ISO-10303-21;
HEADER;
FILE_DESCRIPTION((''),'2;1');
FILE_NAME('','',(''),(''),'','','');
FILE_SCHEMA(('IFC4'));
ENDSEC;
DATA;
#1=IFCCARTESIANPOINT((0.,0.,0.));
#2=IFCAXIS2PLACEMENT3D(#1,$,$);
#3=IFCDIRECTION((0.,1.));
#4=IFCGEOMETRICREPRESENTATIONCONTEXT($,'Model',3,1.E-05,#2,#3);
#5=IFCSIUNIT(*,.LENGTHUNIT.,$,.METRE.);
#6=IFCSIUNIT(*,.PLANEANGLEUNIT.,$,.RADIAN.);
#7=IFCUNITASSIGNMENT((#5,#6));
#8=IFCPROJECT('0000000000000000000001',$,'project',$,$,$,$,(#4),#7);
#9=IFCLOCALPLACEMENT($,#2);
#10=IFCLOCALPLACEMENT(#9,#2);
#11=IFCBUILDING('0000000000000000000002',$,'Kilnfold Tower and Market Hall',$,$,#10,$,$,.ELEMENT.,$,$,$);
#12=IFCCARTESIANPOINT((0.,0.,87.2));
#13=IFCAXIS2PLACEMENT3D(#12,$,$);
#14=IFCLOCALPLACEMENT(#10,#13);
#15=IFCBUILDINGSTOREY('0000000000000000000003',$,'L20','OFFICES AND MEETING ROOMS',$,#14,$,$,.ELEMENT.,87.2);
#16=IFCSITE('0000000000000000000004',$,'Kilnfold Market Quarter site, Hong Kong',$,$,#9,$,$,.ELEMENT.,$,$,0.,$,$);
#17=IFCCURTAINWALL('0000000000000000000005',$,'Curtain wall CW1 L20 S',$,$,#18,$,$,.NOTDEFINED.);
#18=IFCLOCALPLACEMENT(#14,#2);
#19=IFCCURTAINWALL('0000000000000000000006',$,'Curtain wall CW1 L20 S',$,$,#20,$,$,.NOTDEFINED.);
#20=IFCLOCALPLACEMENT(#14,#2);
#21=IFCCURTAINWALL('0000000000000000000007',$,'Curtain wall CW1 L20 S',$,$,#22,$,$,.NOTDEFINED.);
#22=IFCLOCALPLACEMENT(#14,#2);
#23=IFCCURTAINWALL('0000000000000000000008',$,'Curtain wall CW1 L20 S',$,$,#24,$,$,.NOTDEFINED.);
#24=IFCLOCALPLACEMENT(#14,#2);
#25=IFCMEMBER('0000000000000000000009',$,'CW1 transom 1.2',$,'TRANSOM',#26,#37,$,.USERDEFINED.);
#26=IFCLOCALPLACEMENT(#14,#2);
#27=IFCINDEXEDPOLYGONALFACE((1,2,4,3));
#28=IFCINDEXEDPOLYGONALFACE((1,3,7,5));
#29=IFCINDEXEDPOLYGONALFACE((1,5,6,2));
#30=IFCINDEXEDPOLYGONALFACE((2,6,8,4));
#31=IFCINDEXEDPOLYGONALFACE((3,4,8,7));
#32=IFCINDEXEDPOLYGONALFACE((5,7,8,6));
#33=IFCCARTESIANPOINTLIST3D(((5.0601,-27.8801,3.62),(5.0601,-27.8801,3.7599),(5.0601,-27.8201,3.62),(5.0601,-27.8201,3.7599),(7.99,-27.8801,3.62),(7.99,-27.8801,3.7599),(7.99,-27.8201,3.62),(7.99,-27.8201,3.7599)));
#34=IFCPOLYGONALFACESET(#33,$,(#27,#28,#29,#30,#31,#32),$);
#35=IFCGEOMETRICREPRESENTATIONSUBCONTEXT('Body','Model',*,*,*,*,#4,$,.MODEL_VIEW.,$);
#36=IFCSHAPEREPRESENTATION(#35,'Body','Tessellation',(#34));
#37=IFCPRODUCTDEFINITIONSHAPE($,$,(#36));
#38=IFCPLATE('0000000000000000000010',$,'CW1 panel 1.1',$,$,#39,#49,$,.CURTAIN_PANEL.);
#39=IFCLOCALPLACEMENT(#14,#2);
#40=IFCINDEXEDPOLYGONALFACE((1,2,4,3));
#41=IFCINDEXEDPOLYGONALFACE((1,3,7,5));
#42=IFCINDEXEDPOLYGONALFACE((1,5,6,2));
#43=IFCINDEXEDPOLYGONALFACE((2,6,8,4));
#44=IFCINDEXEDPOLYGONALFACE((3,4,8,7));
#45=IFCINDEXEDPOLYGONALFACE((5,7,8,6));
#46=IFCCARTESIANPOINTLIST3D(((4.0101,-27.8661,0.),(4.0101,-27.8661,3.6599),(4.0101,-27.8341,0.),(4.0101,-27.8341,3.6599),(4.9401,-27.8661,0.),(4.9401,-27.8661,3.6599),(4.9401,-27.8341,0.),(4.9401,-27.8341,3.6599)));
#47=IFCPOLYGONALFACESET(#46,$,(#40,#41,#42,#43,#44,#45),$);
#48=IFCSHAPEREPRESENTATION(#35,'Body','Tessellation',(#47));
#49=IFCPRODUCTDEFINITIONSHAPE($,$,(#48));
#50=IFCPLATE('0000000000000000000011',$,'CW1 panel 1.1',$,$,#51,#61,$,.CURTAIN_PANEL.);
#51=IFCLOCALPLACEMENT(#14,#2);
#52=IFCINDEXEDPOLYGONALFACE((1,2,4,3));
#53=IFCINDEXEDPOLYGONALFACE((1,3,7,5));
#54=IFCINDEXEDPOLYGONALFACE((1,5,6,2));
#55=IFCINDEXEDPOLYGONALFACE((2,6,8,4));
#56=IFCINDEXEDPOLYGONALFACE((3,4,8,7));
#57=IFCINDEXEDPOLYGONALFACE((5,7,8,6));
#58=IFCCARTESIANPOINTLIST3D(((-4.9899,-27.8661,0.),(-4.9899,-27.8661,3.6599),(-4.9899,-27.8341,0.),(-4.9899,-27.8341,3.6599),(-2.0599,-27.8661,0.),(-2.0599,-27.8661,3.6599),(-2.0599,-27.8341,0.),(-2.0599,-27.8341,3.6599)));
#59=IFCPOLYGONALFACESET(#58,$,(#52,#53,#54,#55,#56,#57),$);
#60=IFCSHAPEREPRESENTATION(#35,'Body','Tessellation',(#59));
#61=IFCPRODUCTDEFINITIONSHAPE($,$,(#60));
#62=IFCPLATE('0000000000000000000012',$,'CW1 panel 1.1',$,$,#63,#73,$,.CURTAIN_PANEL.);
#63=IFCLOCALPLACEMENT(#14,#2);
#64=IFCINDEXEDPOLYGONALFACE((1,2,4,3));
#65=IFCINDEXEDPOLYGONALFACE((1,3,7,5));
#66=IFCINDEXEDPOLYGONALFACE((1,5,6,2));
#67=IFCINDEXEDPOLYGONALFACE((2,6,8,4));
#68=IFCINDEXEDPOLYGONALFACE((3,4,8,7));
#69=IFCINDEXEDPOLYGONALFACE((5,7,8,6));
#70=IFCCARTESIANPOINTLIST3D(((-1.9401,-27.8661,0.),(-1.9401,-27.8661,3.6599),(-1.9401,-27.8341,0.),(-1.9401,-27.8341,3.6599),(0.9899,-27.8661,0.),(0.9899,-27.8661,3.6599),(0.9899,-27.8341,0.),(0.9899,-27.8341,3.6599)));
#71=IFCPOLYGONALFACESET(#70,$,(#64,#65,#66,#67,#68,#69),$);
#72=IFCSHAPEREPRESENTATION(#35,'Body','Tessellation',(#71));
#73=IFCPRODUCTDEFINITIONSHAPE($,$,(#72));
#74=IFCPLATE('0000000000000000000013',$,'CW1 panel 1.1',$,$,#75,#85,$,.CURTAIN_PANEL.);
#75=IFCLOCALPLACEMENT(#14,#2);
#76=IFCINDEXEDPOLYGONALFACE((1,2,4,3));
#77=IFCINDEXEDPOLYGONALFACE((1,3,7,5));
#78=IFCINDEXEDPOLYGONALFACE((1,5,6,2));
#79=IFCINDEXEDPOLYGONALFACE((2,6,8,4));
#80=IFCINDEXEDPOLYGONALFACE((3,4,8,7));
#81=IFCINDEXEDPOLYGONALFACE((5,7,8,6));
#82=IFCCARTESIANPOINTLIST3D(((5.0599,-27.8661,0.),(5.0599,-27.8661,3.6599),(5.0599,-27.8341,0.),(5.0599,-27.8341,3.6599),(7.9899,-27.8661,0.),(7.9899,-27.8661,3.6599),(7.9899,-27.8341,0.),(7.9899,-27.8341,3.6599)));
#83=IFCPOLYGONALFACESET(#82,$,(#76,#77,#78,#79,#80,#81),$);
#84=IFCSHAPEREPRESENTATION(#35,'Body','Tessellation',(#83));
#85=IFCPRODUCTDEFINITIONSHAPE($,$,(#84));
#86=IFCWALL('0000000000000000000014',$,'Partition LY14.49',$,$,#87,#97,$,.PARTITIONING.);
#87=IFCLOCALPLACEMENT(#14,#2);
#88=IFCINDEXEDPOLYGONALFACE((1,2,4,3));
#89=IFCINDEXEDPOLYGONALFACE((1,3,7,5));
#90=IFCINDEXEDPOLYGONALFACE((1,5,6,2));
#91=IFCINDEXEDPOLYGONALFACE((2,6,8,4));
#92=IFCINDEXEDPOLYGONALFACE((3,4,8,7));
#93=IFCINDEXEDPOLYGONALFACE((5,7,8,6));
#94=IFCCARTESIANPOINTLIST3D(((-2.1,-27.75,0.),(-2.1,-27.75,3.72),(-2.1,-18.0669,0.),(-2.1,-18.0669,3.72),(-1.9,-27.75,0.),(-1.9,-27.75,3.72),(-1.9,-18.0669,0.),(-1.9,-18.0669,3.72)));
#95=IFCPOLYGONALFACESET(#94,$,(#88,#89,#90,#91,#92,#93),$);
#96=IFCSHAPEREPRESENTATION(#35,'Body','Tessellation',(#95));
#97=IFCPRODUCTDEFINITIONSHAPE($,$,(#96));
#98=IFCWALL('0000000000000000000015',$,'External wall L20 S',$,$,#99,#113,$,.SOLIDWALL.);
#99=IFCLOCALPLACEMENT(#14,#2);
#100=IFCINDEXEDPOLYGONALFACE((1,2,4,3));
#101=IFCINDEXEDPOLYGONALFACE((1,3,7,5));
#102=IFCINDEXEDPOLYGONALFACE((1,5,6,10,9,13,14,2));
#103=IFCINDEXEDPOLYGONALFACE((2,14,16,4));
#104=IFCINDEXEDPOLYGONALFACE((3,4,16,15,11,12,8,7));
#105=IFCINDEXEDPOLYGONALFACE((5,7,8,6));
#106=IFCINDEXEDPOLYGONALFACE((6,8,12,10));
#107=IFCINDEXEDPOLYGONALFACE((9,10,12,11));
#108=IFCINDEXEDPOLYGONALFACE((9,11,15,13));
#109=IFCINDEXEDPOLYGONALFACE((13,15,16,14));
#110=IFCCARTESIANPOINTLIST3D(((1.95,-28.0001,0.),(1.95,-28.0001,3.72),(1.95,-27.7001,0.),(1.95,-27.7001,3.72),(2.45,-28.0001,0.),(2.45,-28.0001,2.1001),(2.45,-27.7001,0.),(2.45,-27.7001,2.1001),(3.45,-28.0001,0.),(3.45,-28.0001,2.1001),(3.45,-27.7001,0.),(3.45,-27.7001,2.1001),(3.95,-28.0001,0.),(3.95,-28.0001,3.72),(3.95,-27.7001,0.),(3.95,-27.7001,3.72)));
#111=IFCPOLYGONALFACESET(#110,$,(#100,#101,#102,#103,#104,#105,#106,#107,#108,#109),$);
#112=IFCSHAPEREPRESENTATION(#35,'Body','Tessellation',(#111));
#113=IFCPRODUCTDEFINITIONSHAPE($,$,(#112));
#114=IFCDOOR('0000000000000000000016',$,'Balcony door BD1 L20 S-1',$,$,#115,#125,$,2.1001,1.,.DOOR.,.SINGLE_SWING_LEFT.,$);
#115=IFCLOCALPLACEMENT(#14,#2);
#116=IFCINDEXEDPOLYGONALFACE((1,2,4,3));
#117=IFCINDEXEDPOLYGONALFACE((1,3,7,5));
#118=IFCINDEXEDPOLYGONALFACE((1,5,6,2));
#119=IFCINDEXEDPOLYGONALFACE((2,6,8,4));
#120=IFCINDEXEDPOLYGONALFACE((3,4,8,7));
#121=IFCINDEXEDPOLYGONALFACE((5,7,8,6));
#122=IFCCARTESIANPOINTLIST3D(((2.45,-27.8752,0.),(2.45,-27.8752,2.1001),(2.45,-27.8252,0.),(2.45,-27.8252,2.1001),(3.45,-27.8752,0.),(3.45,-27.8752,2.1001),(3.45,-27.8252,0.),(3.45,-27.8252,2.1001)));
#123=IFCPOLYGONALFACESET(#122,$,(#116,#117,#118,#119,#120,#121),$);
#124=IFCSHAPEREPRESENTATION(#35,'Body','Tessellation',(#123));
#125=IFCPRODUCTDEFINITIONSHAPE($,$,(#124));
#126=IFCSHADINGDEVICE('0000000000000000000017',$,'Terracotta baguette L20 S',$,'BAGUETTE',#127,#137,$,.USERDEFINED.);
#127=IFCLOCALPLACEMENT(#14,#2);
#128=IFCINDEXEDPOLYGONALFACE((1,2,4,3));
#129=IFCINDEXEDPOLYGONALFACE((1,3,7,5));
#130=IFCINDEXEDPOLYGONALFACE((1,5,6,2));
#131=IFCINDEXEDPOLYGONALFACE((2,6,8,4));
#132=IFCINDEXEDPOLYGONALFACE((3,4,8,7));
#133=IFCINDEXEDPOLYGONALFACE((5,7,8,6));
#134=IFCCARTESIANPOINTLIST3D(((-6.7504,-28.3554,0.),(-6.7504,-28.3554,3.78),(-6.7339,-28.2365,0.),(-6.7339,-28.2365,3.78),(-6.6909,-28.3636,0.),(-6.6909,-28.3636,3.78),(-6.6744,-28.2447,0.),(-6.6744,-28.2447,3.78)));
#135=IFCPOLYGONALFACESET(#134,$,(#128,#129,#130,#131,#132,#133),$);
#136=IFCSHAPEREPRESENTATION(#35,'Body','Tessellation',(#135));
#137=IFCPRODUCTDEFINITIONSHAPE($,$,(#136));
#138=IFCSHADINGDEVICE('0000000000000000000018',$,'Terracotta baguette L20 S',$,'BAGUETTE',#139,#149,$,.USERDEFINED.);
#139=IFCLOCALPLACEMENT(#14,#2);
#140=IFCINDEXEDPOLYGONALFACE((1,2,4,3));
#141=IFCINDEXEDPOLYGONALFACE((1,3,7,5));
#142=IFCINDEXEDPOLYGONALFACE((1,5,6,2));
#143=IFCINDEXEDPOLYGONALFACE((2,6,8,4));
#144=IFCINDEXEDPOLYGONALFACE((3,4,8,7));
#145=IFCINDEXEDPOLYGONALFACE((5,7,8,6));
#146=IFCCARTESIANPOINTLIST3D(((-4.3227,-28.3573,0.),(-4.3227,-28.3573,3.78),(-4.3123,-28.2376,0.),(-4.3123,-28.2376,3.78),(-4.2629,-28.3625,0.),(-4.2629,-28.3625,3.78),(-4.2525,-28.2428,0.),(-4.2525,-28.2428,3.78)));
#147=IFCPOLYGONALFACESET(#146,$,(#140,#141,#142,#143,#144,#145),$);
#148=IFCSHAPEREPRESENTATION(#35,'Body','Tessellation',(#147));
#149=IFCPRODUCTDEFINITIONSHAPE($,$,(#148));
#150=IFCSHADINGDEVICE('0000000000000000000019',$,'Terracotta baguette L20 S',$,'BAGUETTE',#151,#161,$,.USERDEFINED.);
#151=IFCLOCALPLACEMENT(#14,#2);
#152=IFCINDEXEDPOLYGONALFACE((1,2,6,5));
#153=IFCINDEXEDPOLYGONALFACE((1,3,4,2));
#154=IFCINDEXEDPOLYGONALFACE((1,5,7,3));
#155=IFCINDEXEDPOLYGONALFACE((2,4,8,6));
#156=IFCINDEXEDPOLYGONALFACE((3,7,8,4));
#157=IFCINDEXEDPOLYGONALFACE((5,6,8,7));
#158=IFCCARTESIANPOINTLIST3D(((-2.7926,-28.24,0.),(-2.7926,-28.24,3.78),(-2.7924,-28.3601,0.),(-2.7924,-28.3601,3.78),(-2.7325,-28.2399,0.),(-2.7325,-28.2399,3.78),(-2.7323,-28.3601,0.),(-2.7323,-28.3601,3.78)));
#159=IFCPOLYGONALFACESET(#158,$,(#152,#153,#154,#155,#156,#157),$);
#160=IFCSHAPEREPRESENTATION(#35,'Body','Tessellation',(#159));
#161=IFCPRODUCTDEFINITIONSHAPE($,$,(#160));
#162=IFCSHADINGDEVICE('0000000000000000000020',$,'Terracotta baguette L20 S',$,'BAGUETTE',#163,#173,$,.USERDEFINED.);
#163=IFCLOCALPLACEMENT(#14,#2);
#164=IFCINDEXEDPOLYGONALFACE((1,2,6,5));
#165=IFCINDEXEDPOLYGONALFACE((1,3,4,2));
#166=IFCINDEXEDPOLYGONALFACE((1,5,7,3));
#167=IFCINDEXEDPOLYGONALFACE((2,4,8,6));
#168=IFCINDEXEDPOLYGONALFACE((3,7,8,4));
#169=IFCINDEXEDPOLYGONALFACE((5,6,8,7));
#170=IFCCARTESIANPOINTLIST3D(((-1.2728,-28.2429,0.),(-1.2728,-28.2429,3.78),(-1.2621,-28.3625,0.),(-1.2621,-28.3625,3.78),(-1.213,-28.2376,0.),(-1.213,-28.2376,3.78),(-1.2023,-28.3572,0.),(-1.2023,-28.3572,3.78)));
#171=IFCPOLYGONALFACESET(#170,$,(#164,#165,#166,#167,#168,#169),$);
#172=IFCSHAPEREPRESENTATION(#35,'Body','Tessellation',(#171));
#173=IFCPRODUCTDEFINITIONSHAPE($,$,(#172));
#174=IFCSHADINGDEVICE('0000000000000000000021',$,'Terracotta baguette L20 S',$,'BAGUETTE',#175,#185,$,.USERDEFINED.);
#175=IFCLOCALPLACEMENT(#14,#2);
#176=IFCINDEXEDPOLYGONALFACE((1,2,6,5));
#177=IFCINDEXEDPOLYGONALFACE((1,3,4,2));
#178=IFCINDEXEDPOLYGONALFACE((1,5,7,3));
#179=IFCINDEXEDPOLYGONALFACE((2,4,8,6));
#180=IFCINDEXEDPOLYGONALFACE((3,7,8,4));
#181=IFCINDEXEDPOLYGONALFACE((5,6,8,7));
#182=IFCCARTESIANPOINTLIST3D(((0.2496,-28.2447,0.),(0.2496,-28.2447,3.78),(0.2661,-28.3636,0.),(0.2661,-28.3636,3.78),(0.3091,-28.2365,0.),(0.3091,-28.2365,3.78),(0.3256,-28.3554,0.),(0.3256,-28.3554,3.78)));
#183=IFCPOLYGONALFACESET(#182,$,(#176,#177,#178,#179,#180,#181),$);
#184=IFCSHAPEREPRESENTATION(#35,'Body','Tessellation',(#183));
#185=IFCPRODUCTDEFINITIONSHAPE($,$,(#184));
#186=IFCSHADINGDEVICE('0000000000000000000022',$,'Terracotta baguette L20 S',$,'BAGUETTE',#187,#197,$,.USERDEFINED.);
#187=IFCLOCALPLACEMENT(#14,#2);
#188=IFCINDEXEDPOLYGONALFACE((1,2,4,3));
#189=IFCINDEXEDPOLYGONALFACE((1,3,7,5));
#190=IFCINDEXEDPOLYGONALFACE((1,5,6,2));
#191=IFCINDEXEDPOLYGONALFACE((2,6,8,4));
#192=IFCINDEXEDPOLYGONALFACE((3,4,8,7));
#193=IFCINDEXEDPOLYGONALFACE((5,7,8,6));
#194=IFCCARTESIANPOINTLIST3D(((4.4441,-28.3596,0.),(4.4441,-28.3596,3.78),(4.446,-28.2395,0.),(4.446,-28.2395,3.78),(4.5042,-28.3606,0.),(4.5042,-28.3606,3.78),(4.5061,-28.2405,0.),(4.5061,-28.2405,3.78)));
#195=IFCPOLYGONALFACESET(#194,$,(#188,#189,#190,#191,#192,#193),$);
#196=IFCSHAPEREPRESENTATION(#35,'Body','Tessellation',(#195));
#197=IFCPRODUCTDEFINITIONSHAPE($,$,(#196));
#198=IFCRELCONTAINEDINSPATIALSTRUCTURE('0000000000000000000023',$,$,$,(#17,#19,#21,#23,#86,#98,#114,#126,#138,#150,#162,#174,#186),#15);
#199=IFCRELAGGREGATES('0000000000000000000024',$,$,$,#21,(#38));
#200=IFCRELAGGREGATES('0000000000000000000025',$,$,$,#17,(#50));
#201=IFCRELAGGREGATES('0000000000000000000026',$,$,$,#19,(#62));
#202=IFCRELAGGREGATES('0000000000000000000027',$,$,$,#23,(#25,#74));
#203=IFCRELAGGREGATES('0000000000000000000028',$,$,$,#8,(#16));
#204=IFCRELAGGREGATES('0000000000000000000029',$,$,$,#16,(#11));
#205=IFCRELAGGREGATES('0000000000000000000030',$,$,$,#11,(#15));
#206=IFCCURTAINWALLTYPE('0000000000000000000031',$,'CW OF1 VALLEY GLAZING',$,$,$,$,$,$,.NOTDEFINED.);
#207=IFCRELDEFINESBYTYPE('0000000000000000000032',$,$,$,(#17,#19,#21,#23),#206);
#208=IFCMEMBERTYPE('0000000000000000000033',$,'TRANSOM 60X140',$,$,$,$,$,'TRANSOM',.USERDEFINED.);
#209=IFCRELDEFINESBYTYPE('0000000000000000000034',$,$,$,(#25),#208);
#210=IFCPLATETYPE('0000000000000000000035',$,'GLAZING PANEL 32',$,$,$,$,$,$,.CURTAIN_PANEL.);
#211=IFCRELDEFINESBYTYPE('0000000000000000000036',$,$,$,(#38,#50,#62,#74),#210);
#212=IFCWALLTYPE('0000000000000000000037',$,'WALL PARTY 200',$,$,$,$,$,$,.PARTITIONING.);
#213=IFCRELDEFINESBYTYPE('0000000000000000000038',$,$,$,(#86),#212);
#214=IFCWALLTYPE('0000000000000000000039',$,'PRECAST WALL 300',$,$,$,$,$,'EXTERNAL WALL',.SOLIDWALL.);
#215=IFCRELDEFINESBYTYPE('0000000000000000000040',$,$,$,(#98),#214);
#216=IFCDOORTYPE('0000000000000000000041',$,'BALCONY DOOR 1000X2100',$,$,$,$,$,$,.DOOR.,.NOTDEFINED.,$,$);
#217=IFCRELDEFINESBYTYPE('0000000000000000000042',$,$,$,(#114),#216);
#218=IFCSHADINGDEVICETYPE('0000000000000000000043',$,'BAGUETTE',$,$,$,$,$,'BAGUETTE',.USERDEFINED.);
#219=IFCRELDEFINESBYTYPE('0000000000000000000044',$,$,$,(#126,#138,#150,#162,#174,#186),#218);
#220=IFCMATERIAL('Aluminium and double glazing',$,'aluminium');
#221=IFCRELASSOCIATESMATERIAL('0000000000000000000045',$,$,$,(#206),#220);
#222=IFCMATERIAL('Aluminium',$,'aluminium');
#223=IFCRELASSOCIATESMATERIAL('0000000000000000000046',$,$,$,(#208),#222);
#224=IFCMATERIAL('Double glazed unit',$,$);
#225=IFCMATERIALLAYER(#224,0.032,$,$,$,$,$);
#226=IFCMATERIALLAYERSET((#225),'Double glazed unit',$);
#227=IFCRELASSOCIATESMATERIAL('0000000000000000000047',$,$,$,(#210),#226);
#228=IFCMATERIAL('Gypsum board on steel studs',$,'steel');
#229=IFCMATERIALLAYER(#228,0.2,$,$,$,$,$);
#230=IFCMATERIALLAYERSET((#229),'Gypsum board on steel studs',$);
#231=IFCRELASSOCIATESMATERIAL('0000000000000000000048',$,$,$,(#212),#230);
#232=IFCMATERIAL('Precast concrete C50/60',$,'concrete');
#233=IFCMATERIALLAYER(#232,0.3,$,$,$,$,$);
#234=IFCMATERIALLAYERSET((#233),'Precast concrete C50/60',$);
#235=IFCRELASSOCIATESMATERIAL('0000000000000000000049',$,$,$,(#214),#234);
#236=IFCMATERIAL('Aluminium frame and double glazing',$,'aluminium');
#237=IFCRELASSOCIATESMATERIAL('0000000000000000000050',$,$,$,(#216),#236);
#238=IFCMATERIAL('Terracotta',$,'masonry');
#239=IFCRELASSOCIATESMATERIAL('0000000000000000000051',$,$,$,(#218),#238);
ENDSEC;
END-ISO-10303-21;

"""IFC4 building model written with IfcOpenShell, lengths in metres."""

from ifc_helpers import new_model, si_unit, direction, frame, frame_2d, origin, origin_2d, place, context, subcontext, project, spatial, rectangle, extrude, source, transform, mapped, material, layer, layer_set, material_profile, profile_set, type_object, element, fill, aggregate, save


model = new_model("IFC4")

# Units and contexts
model_context = context("Model", 3, precision=1e-05, world=origin(), true_north=direction((0.0, 1.0)))
body_context = subcontext(model_context, "Body", "Model", "MODEL_VIEW")
ifc_project = project(units=[si_unit("LENGTHUNIT", "METRE"), si_unit("PLANEANGLEUNIT", "RADIAN")], contexts=[model_context])

# Site, building, storey
site_placement = place(None, origin())
site = spatial("IfcSite", under=ifc_project, at=site_placement, Name="Kilnfold Market Quarter site, Hong Kong", CompositionType="ELEMENT", RefElevation=0.0)
building_placement = place(site_placement, origin())
building = spatial("IfcBuilding", under=site, at=building_placement, Name="Kilnfold Tower and Market Hall", CompositionType="ELEMENT")
storey_placement = place(building_placement, frame((0.0, 0.0, 87.2)))
storey = spatial("IfcBuildingStorey", under=building, at=storey_placement, Name="L20", Description="OFFICES AND MEETING ROOMS", CompositionType="ELEMENT", Elevation=87.2)

# Shared definitions
ifc_material_1 = material(Name="Aluminium and double glazing", Category="aluminium")
curtain_wall_type = type_object("IfcCurtainWallType", Name="CW OF1 VALLEY GLAZING", PredefinedType="NOTDEFINED", material=ifc_material_1)

# Curtain walls
curtain_wall_1_placement = place(storey_placement, origin())
curtain_wall_1 = element("IfcCurtainWall", 1, at=curtain_wall_1_placement, inside=storey, type_object=curtain_wall_type, Name="Curtain wall CW1 L20 S", PredefinedType="NOTDEFINED")
curtain_wall_2_placement = place(storey_placement, origin())
curtain_wall_2 = element("IfcCurtainWall", 2, at=curtain_wall_2_placement, inside=storey, type_object=curtain_wall_type, Name="Curtain wall CW1 L20 S", PredefinedType="NOTDEFINED")
curtain_wall_3_placement = place(storey_placement, origin())
curtain_wall_3 = element("IfcCurtainWall", 3, at=curtain_wall_3_placement, inside=storey, type_object=curtain_wall_type, Name="Curtain wall CW1 L20 S", PredefinedType="NOTDEFINED")
curtain_wall_4_placement = place(storey_placement, origin())
curtain_wall_4 = element("IfcCurtainWall", 4, at=curtain_wall_4_placement, inside=storey, type_object=curtain_wall_type, Name="Curtain wall CW1 L20 S", PredefinedType="NOTDEFINED")

# Member
ifc_material_2 = material(Name="Aluminium", Category="aluminium")
ifc_material_profile_1 = material_profile(ifc_material_2, rectangle(XDim=0.0601, YDim=0.1399, at=origin_2d()), Name="TRANSOM 60x140")
ifc_profile_set_1 = profile_set([ifc_material_profile_1], Name="Aluminium")
member_type_1 = type_object("IfcMemberType", Name="TRANSOM 60X140", ElementType="TRANSOM", PredefinedType="USERDEFINED", material=ifc_profile_set_1)
shared_shape_1 = source(origin(), body_context, "Body", "SweptSolid", [
    extrude(rectangle(XDim=0.0601, YDim=0.1399, at=origin_2d()), origin(), (0.0, 0.0, 1.0), 2.9299),
])
member_1_placement = place(storey_placement, frame((5.0601, -27.8501, 3.6899), z_axis=(1.0, 0.0, 0.0), x_axis=(0.0, 1.0, 0.0)))
member_1 = element("IfcMember", 5, at=member_1_placement, type_object=member_type_1, Name="CW1 transom 1.2", ObjectType="TRANSOM", PredefinedType="USERDEFINED", context=body_context, shape_type="MappedRepresentation", body=[
    mapped(shared_shape_1, transform((0.0, 0.0, 0.0))),
])

# Plates
ifc_material_3 = material(Name="Double glazed unit")
ifc_layer_1 = layer(ifc_material_3, 0.032)
ifc_layer_set_1 = layer_set([ifc_layer_1], Name="Double glazed unit")
plate_type = type_object("IfcPlateType", Name="GLAZING PANEL 32", PredefinedType="CURTAIN_PANEL", material=ifc_layer_set_1)
shared_shape_2 = source(origin(), body_context, "Body", "SweptSolid", [
    extrude(rectangle(XDim=0.9299, YDim=0.032, at=origin_2d()), origin(), (0.0, 0.0, 1.0), 3.6599),
])
plate_1_placement = place(storey_placement, frame((4.4751, -27.8501, 0.0), z_axis=(0.0, 0.0, 1.0), x_axis=(1.0, 0.0, 0.0)))
plate_1 = element("IfcPlate", 6, at=plate_1_placement, type_object=plate_type, Name="CW1 panel 1.1", PredefinedType="CURTAIN_PANEL", context=body_context, shape_type="MappedRepresentation", body=[
    mapped(shared_shape_2, transform((0.0, 0.0, 0.0))),
])
aggregate(curtain_wall_3, [plate_1])
shared_shape_3 = source(origin(), body_context, "Body", "SweptSolid", [
    extrude(rectangle(XDim=2.9299, YDim=0.032, at=origin_2d()), origin(), (0.0, 0.0, 1.0), 3.6599),
])
plate_2_placement = place(storey_placement, frame((-3.5249, -27.8501, 0.0), z_axis=(0.0, 0.0, 1.0), x_axis=(1.0, 0.0, 0.0)))
plate_2 = element("IfcPlate", 7, at=plate_2_placement, type_object=plate_type, Name="CW1 panel 1.1", PredefinedType="CURTAIN_PANEL", context=body_context, shape_type="MappedRepresentation", body=[
    mapped(shared_shape_3, transform((0.0, 0.0, 0.0))),
])
aggregate(curtain_wall_1, [plate_2])
plate_3_placement = place(storey_placement, frame((-0.4751, -27.8501, 0.0), z_axis=(0.0, 0.0, 1.0), x_axis=(1.0, 0.0, 0.0)))
plate_3 = element("IfcPlate", 8, at=plate_3_placement, type_object=plate_type, Name="CW1 panel 1.1", PredefinedType="CURTAIN_PANEL", context=body_context, shape_type="MappedRepresentation", body=[
    mapped(shared_shape_3, transform((0.0, 0.0, 0.0))),
])
aggregate(curtain_wall_2, [plate_3])
plate_4_placement = place(storey_placement, frame((6.5249, -27.8501, 0.0), z_axis=(0.0, 0.0, 1.0), x_axis=(1.0, 0.0, 0.0)))
plate_4 = element("IfcPlate", 9, at=plate_4_placement, type_object=plate_type, Name="CW1 panel 1.1", PredefinedType="CURTAIN_PANEL", context=body_context, shape_type="MappedRepresentation", body=[
    mapped(shared_shape_3, transform((0.0, 0.0, 0.0))),
])
aggregate(curtain_wall_4, [member_1, plate_4])

# Wall
ifc_material_4 = material(Name="Gypsum board on steel studs", Category="steel")
ifc_layer_2 = layer(ifc_material_4, 0.2)
ifc_layer_set_2 = layer_set([ifc_layer_2], Name="Gypsum board on steel studs")
wall_type_1 = type_object("IfcWallType", Name="WALL PARTY 200", PredefinedType="PARTITIONING", material=ifc_layer_set_2)
wall_1_placement = place(storey_placement, frame((-2.0, -27.75, 0.0), z_axis=(0.0, 0.0, 1.0), x_axis=(0.0, 1.0, 0.0)))
element("IfcWall", 10, at=wall_1_placement, inside=storey, type_object=wall_type_1, Name="Partition LY14.49", PredefinedType="PARTITIONING", context=body_context, shape_type="SweptSolid", body=[
    extrude(rectangle(XDim=9.6831, YDim=0.2, at=frame_2d((4.8416, 0.0))), origin(), (0.0, 0.0, 1.0), 3.72),
])

# Wall, opening, door
ifc_material_5 = material(Name="Precast concrete C50/60", Category="concrete")
ifc_layer_3 = layer(ifc_material_5, 0.3)
ifc_layer_set_3 = layer_set([ifc_layer_3], Name="Precast concrete C50/60")
wall_type_2 = type_object("IfcWallType", Name="PRECAST WALL 300", ElementType="EXTERNAL WALL", PredefinedType="SOLIDWALL", material=ifc_layer_set_3)
shared_shape_4 = source(origin(), body_context, "Body", "SweptSolid", [
    extrude(rectangle(XDim=2.0, YDim=0.3, at=frame_2d((1.0, 0.0))), origin(), (0.0, 0.0, 1.0), 3.72),
])
wall_2_placement = place(storey_placement, frame((1.95, -27.8501, 0.0), z_axis=(0.0, 0.0, 1.0), x_axis=(1.0, 0.0, 0.0)))
wall_2 = element("IfcWall", 11, at=wall_2_placement, inside=storey, type_object=wall_type_2, Name="External wall L20 S", PredefinedType="SOLIDWALL", context=body_context, shape_type="MappedRepresentation", body=[
    mapped(shared_shape_4, transform((0.0, 0.0, 0.0))),
])
opening_placement = place(wall_2_placement, frame((0.5, 0.0, 0.0)))
opening = element("IfcOpeningElement", 12, at=opening_placement, cuts=wall_2, PredefinedType="OPENING", context=body_context, shape_type="SweptSolid", body=[
    extrude(rectangle(XDim=1.0, YDim=2.1001, at=frame_2d((0.5, 1.05))), frame((0.0, 0.1602, 0.0), z_axis=(0.0, -1.0, 0.0), x_axis=(1.0, 0.0, 0.0)), (0.0, 0.0, 1.0), 0.3201),
])
ifc_material_6 = material(Name="Aluminium frame and double glazing", Category="aluminium")
door_type = type_object("IfcDoorType", Name="BALCONY DOOR 1000X2100", OperationType="NOTDEFINED", PredefinedType="DOOR", material=ifc_material_6)
door_placement = place(opening_placement, origin())
door = element("IfcDoor", 13, at=door_placement, inside=storey, type_object=door_type, Name="Balcony door BD1 L20 S-1", OperationType="SINGLE_SWING_LEFT", OverallHeight=2.1001, OverallWidth=1.0, PredefinedType="DOOR", context=body_context, shape_type="SweptSolid", body=[
    extrude(rectangle(XDim=1.0, YDim=2.1001, at=frame_2d((0.5, 1.05))), frame((0.0, 0.0249, 0.0), z_axis=(0.0, -1.0, 0.0), x_axis=(1.0, 0.0, 0.0)), (0.0, 0.0, 1.0), 0.05),
])
fill(opening, door)

# Shading devices
ifc_material_7 = material(Name="Terracotta", Category="masonry")
ifc_material_profile_2 = material_profile(ifc_material_7, rectangle(XDim=0.0601, YDim=0.1201, at=origin_2d()), Name="BAG 60x120")
ifc_profile_set_2 = profile_set([ifc_material_profile_2], Name="Terracotta")
shading_device_type = type_object("IfcShadingDeviceType", Name="BAGUETTE", ElementType="BAGUETTE", PredefinedType="USERDEFINED", material=ifc_profile_set_2)
shared_shape_5 = source(origin(), body_context, "Body", "SweptSolid", [
    extrude(rectangle(XDim=0.0601, YDim=0.1201, at=origin_2d()), origin(), (0.0, 0.0, 1.0), 3.78),
])
for number, where, z_axis, x_axis, name in (
    (14, (-6.7124, -28.3, 0.0), (0.0, 0.0, 1.0), (0.990623, -0.136623, 0.0), "Terracotta baguette L20 S"),
    (15, (-4.2876, -28.3, 0.0), (0.0, 0.0, 1.0), (0.996198, -0.087116, 0.0), "Terracotta baguette L20 S"),
    (16, (-2.7625, -28.3, 0.0), (0.0, 0.0, 1.0), (0.999999, 0.001347, 0.0), "Terracotta baguette L20 S"),
    (17, (-1.2375, -28.3, 0.0), (0.0, 0.0, 1.0), (0.996014, 0.089197, 0.0), "Terracotta baguette L20 S"),
    (18, (0.2876, -28.3, 0.0), (0.0, 0.0, 1.0), (0.990623, 0.136623, 0.0), "Terracotta baguette L20 S"),
    (19, (4.4751, -28.3, 0.0), (0.0, 0.0, 1.0), (0.999869, -0.016192, 0.0), "Terracotta baguette L20 S"),
):
    element("IfcShadingDevice", number, at=place(storey_placement, frame(where, z_axis=z_axis, x_axis=x_axis)), inside=storey, type_object=shading_device_type, Name=name, ObjectType="BAGUETTE", PredefinedType="USERDEFINED", context=body_context, shape_type="MappedRepresentation", body=[
        mapped(shared_shape_5, transform((0.0, 0.0, 0.0))),
    ])

save(model, "model.ifc")
